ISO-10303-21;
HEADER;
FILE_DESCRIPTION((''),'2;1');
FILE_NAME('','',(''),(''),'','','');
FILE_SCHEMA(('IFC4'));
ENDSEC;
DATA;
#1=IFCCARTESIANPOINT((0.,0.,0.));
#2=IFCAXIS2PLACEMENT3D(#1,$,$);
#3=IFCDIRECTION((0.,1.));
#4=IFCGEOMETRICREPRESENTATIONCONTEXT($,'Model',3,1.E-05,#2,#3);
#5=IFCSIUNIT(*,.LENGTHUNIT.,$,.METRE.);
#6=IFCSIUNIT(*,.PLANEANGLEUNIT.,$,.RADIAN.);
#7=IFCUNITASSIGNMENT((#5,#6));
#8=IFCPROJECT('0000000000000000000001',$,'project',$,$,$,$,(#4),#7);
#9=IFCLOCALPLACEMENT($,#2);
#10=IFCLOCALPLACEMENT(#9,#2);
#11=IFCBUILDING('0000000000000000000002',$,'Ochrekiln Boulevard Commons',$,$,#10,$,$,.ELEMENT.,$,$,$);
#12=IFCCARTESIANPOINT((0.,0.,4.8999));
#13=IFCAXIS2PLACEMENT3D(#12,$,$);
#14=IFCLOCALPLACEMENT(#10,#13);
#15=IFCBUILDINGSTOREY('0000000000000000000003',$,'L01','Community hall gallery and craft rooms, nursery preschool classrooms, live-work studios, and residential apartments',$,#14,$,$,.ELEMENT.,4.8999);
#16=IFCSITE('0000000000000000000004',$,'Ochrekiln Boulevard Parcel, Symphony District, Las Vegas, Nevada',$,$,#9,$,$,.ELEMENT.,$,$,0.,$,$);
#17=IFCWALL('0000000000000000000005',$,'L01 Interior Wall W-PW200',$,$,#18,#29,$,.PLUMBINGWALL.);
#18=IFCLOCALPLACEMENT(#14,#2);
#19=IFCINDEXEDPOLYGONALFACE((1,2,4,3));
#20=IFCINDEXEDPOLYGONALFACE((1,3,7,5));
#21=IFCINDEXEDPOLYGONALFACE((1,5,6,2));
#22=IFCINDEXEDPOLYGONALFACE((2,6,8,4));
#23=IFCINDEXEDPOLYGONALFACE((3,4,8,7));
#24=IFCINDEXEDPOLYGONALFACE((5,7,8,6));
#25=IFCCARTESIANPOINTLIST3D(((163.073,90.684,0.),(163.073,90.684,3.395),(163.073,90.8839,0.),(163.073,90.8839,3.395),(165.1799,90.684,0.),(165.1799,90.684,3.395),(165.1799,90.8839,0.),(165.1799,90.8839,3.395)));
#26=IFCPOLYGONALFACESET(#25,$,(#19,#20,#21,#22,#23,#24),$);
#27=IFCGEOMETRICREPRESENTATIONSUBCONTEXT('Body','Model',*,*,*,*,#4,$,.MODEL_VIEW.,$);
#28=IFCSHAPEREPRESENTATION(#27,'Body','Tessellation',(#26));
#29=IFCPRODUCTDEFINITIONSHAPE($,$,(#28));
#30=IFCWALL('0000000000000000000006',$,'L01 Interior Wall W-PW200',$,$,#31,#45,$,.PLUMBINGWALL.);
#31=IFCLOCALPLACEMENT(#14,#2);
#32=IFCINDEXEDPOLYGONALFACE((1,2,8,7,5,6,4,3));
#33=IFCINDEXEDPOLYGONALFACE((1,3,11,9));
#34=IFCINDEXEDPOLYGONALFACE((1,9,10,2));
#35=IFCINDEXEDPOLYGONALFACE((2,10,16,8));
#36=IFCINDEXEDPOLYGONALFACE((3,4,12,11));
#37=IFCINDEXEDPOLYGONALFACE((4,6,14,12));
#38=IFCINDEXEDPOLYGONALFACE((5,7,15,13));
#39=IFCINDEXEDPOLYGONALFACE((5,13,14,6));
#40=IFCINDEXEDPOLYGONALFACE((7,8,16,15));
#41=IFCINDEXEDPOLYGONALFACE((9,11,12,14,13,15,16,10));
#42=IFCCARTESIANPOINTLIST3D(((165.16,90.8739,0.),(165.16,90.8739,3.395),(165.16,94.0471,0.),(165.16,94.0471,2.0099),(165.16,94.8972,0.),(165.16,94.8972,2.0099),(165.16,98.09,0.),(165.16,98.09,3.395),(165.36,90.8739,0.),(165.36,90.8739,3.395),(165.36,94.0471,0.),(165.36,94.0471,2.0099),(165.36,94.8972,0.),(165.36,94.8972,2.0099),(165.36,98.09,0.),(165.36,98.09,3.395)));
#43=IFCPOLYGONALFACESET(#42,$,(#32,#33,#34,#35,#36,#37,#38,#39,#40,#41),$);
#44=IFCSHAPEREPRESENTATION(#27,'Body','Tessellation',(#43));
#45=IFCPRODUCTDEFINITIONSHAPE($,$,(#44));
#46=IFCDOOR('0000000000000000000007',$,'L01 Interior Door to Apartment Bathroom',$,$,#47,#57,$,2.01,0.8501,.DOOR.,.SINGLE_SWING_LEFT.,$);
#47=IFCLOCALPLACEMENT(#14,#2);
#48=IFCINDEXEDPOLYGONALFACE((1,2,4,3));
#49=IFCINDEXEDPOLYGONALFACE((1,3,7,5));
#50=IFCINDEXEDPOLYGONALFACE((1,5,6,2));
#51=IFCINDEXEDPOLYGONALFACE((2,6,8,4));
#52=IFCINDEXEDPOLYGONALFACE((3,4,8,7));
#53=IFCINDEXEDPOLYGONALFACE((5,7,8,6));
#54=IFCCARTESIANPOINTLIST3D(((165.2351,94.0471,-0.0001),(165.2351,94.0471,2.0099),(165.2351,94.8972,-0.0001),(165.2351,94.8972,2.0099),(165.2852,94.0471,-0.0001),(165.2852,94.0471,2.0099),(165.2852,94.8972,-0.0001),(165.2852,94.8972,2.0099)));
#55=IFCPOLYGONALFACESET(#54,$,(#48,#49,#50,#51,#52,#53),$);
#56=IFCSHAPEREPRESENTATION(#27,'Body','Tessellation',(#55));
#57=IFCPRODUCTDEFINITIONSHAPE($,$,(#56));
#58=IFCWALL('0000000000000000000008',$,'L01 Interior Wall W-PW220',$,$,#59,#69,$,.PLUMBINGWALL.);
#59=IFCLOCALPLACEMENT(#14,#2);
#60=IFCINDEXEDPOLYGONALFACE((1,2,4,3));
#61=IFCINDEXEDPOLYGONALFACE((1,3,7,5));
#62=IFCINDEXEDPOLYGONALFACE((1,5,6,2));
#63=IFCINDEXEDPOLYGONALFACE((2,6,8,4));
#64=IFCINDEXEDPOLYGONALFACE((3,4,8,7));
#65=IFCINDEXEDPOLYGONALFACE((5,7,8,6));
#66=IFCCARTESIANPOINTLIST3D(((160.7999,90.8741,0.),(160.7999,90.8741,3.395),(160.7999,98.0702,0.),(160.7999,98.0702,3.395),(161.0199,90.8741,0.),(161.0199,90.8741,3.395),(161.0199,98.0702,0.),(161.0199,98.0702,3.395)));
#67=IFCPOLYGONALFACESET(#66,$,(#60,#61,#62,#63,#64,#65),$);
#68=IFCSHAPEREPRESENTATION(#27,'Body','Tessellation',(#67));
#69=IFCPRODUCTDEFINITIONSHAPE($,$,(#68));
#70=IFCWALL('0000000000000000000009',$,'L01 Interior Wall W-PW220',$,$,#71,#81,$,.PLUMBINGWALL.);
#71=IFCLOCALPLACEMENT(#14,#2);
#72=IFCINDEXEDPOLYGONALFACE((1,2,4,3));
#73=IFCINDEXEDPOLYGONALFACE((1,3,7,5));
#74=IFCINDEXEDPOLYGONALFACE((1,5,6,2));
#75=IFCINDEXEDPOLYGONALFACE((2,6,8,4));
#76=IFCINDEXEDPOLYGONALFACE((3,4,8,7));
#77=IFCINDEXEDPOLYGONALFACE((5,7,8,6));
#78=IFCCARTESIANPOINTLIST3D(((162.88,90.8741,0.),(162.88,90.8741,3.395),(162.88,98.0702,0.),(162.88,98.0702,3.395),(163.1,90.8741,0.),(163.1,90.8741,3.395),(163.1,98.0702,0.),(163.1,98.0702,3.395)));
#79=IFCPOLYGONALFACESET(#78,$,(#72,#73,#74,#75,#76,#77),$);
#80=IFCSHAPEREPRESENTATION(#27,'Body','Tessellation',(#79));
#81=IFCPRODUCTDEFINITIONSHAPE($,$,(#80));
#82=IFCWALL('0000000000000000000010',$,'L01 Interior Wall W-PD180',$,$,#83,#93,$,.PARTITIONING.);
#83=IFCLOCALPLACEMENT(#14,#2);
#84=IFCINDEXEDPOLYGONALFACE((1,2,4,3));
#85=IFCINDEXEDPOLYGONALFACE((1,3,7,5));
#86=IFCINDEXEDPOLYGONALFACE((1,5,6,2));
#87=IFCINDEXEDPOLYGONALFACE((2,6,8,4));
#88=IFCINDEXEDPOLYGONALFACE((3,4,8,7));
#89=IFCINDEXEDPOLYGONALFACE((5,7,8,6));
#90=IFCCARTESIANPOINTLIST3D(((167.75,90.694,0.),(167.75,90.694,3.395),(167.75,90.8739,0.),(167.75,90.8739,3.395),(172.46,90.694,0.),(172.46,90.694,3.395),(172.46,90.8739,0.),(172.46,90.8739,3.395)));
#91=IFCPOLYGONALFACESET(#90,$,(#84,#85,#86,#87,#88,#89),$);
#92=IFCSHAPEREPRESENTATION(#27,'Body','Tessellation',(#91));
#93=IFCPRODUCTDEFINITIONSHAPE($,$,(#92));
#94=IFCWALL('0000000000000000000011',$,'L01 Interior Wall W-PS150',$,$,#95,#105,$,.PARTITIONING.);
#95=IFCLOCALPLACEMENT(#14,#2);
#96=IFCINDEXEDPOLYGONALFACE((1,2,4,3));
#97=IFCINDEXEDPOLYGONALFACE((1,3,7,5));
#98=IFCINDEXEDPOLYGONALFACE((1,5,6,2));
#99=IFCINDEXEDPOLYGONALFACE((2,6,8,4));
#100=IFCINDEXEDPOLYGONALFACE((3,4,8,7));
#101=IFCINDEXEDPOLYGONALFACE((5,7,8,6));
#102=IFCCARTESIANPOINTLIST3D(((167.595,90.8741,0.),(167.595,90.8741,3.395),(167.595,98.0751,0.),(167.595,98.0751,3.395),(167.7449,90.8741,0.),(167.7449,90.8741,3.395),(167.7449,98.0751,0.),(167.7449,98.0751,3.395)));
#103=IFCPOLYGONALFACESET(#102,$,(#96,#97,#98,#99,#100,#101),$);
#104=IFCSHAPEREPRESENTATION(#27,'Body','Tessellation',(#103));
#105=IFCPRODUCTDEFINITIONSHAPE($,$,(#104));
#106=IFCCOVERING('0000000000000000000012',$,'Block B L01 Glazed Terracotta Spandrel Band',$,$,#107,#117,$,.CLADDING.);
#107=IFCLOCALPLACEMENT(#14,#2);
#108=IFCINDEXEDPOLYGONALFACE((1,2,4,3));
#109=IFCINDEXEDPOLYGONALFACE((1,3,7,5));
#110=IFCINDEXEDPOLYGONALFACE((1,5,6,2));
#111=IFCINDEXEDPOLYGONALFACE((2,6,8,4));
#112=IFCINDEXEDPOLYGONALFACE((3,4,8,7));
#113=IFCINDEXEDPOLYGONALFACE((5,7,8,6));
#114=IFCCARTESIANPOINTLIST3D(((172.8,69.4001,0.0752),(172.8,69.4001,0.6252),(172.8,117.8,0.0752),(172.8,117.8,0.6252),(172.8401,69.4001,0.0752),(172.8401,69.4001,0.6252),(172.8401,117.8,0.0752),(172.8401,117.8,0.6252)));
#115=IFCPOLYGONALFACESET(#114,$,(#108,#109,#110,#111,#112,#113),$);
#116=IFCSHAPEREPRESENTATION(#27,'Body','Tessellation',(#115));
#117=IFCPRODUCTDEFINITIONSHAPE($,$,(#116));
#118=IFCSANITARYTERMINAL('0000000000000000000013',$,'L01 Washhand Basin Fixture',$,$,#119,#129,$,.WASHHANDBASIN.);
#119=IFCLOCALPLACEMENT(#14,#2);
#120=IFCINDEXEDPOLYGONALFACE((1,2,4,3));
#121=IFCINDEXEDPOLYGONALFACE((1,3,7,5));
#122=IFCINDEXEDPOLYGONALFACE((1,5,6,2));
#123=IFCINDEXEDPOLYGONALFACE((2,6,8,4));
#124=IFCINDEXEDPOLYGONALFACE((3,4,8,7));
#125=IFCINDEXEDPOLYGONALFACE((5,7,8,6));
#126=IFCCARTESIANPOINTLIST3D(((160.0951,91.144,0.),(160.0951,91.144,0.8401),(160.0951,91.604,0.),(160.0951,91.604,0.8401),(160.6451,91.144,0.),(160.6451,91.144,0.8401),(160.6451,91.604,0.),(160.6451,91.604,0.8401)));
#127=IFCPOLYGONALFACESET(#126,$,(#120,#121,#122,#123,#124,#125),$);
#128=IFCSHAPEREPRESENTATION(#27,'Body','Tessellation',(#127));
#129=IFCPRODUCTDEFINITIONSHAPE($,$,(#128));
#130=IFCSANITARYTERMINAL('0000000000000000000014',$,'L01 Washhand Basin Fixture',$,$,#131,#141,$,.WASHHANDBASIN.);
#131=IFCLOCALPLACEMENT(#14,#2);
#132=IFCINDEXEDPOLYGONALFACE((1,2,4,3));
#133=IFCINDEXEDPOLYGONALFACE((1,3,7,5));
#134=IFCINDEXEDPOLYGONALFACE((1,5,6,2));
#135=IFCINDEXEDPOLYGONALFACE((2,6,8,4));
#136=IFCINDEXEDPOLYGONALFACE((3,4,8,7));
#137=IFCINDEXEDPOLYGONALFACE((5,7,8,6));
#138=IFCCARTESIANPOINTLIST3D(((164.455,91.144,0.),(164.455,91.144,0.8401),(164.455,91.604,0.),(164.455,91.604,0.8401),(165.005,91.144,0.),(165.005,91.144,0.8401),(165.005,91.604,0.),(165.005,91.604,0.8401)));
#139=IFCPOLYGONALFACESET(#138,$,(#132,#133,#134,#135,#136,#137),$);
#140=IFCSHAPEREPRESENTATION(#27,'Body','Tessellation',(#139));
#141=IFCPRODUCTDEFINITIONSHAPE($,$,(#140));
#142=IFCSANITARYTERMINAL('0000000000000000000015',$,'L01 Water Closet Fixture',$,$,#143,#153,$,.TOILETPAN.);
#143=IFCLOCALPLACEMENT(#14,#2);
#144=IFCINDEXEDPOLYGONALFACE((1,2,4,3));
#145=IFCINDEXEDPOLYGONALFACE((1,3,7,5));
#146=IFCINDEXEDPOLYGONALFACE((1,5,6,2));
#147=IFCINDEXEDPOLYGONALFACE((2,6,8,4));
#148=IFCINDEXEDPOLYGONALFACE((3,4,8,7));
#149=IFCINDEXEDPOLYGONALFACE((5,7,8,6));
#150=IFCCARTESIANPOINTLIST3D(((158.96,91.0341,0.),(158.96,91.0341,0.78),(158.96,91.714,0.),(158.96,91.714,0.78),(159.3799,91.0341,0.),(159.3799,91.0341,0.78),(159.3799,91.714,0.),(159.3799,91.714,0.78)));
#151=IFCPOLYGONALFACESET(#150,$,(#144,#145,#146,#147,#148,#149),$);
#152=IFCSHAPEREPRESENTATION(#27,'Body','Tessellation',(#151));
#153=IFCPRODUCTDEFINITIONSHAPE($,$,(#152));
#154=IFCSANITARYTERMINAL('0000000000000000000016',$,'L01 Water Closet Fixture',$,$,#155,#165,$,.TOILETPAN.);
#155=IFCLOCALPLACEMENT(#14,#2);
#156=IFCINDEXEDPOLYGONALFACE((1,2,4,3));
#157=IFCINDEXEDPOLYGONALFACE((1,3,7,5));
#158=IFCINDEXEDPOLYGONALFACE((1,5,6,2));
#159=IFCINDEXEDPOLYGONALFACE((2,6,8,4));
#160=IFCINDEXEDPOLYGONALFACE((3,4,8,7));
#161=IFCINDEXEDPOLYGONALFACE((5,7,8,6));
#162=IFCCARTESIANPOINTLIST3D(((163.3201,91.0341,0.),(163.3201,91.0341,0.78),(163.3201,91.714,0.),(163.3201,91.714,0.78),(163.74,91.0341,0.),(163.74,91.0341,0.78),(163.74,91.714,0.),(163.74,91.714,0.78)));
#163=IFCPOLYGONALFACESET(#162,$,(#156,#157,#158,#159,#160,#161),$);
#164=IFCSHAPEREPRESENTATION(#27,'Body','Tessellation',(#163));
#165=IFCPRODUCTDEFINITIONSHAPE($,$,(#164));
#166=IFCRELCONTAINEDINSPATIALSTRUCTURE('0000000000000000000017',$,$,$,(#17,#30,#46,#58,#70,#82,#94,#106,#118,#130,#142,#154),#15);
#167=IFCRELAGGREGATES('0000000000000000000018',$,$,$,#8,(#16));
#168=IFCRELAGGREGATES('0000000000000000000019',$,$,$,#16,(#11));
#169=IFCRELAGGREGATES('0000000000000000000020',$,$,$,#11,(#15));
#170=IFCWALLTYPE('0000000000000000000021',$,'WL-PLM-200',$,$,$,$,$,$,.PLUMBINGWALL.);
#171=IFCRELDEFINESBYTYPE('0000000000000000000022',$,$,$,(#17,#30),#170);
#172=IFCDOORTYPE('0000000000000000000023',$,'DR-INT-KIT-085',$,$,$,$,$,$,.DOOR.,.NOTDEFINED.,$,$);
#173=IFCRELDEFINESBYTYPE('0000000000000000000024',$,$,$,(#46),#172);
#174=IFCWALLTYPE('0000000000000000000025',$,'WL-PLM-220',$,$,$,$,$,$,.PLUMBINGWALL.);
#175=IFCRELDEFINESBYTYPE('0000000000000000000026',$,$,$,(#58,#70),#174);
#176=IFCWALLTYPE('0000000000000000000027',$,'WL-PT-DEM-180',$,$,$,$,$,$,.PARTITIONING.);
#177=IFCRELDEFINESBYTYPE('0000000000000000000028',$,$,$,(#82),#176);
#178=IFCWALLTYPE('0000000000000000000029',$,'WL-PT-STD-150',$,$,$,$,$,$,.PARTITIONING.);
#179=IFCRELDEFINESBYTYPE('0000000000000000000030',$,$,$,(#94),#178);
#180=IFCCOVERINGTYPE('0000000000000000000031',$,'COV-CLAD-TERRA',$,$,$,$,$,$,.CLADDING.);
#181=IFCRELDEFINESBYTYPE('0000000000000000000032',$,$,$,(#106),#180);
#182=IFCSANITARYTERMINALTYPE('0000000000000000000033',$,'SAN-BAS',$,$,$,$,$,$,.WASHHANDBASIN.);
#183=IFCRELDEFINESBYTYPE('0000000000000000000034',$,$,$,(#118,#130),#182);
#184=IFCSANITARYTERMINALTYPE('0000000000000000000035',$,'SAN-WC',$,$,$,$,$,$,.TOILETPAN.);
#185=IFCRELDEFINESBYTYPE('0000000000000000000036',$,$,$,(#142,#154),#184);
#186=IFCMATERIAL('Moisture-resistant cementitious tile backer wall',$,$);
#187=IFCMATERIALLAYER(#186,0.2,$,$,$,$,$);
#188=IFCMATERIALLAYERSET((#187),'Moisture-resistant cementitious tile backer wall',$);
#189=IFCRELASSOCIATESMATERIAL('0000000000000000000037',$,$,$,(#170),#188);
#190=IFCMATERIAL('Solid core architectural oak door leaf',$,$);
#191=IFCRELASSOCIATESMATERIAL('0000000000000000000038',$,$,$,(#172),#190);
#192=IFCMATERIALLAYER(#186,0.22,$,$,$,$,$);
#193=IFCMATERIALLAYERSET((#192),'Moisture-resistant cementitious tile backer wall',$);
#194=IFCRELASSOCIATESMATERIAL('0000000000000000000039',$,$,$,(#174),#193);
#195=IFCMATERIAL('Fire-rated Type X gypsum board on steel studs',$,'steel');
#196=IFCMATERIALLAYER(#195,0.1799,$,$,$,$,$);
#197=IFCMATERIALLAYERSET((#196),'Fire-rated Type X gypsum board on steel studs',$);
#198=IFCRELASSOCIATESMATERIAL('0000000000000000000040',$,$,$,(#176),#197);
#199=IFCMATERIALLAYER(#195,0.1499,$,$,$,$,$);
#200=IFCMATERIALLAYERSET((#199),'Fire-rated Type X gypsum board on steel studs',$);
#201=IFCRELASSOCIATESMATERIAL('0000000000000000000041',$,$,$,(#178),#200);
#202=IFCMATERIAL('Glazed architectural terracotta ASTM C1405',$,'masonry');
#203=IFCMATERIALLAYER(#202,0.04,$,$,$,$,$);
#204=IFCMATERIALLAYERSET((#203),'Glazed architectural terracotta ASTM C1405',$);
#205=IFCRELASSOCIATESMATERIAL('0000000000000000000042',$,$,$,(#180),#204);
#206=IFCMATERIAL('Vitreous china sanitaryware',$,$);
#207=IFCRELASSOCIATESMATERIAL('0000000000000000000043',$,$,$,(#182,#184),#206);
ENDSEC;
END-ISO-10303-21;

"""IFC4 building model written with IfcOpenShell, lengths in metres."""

from ifc_helpers import new_model, si_unit, direction, frame, frame_2d, origin, origin_2d, place, context, subcontext, project, spatial, rectangle, extrude, material, layer, layer_set, type_object, element, fill, save


model = new_model("IFC4")

# Units and contexts
model_context = context("Model", 3, precision=1e-05, world=origin(), true_north=direction((0.0, 1.0)))
body_context = subcontext(model_context, "Body", "Model", "MODEL_VIEW")
ifc_project = project(units=[si_unit("LENGTHUNIT", "METRE"), si_unit("PLANEANGLEUNIT", "RADIAN")], contexts=[model_context])

# Site, building, storey
site_placement = place(None, origin())
site = spatial("IfcSite", under=ifc_project, at=site_placement, Name="Ochrekiln Boulevard Parcel, Symphony District, Las Vegas, Nevada", CompositionType="ELEMENT", RefElevation=0.0)
building_placement = place(site_placement, origin())
building = spatial("IfcBuilding", under=site, at=building_placement, Name="Ochrekiln Boulevard Commons", CompositionType="ELEMENT")
storey_placement = place(building_placement, frame((0.0, 0.0, 4.8999)))
storey = spatial("IfcBuildingStorey", under=building, at=storey_placement, Name="L01", Description="Community hall gallery and craft rooms, nursery preschool classrooms, live-work studios, and residential apartments", CompositionType="ELEMENT", Elevation=4.8999)

# Shared definitions
ifc_material_1 = material(Name="Moisture-resistant cementitious tile backer wall")
ifc_layer_1 = layer(ifc_material_1, 0.2)
ifc_layer_set_1 = layer_set([ifc_layer_1], Name="Moisture-resistant cementitious tile backer wall")
wall_type_1 = type_object("IfcWallType", Name="WL-PLM-200", PredefinedType="PLUMBINGWALL", material=ifc_layer_set_1)

# Shared definitions
ifc_material_2 = material(Name="Solid core architectural oak door leaf")
door_type = type_object("IfcDoorType", Name="DR-INT-KIT-085", OperationType="NOTDEFINED", PredefinedType="DOOR", material=ifc_material_2)

# Wall
wall_1_placement = place(storey_placement, frame((163.073, 90.7839, 0.0), z_axis=(0.0, 0.0, 1.0), x_axis=(1.0, 0.0, 0.0)))
element("IfcWall", 1, at=wall_1_placement, inside=storey, type_object=wall_type_1, Name="L01 Interior Wall W-PW200", PredefinedType="PLUMBINGWALL", context=body_context, shape_type="SweptSolid", body=[
    extrude(rectangle(XDim=2.1069, YDim=0.2, at=frame_2d((1.0535, 0.0))), origin(), (0.0, 0.0, 1.0), 3.395),
])

# Wall, opening, door
wall_2_placement = place(storey_placement, frame((165.26, 90.874, 0.0), z_axis=(0.0, 0.0, 1.0), x_axis=(0.0, 1.0, 0.0)))
wall_2 = element("IfcWall", 2, at=wall_2_placement, inside=storey, type_object=wall_type_1, Name="L01 Interior Wall W-PW200", PredefinedType="PLUMBINGWALL", context=body_context, shape_type="SweptSolid", body=[
    extrude(rectangle(XDim=7.2161, YDim=0.2, at=frame_2d((3.6079, 0.0))), origin(), (0.0, 0.0, 1.0), 3.395),
])
opening_1_placement = place(wall_2_placement, frame((3.1731, 0.0, 0.0)))
opening_1 = element("IfcOpeningElement", 3, at=opening_1_placement, cuts=wall_2, PredefinedType="OPENING", context=body_context, shape_type="SweptSolid", body=[
    extrude(rectangle(XDim=0.8501, YDim=2.01, at=frame_2d((0.425, 1.0049))), frame((0.0, 0.1099, 0.0), z_axis=(0.0, -1.0, 0.0), x_axis=(1.0, 0.0, 0.0)), (0.0, 0.0, 1.0), 0.22),
])
door_1_placement = place(opening_1_placement, origin())
door_1 = element("IfcDoor", 4, at=door_1_placement, inside=storey, type_object=door_type, Name="L01 Interior Door to Apartment Bathroom", OperationType="SINGLE_SWING_LEFT", OverallHeight=2.01, OverallWidth=0.8501, PredefinedType="DOOR", context=body_context, shape_type="SweptSolid", body=[
    extrude(rectangle(XDim=0.8501, YDim=2.01, at=frame_2d((0.425, 1.0049))), frame((0.0, 0.0249, 0.0), z_axis=(0.0, -1.0, 0.0), x_axis=(1.0, 0.0, 0.0)), (0.0, 0.0, 1.0), 0.05),
])
fill(opening_1, door_1)

# Walls
ifc_layer_2 = layer(ifc_material_1, 0.22)
ifc_layer_set_2 = layer_set([ifc_layer_2], Name="Moisture-resistant cementitious tile backer wall")
wall_type_2 = type_object("IfcWallType", Name="WL-PLM-220", PredefinedType="PLUMBINGWALL", material=ifc_layer_set_2)
for number, where, z_axis, x_axis, name in (
    (5, (160.9099, 90.874, 0.0), (0.0, 0.0, 1.0), (0.0, 1.0, 0.0), "L01 Interior Wall W-PW220"),
    (6, (162.99, 90.874, 0.0), (0.0, 0.0, 1.0), (0.0, 1.0, 0.0), "L01 Interior Wall W-PW220"),
):
    element("IfcWall", number, at=place(storey_placement, frame(where, z_axis=z_axis, x_axis=x_axis)), inside=storey, type_object=wall_type_2, Name=name, PredefinedType="PLUMBINGWALL", context=body_context, shape_type="SweptSolid", body=[
        extrude(rectangle(XDim=7.196, YDim=0.22, at=frame_2d((3.5981, 0.0))), origin(), (0.0, 0.0, 1.0), 3.395),
    ])
ifc_material_3 = material(Name="Fire-rated Type X gypsum board on steel studs", Category="steel")
ifc_layer_3 = layer(ifc_material_3, 0.1799)
ifc_layer_set_3 = layer_set([ifc_layer_3], Name="Fire-rated Type X gypsum board on steel studs")
wall_type_3 = type_object("IfcWallType", Name="WL-PT-DEM-180", PredefinedType="PARTITIONING", material=ifc_layer_set_3)
wall_3_placement = place(storey_placement, frame((167.75, 90.7839, 0.0), z_axis=(0.0, 0.0, 1.0), x_axis=(1.0, 0.0, 0.0)))
element("IfcWall", 7, at=wall_3_placement, inside=storey, type_object=wall_type_3, Name="L01 Interior Wall W-PD180", PredefinedType="PARTITIONING", context=body_context, shape_type="SweptSolid", body=[
    extrude(rectangle(XDim=4.71, YDim=0.1799, at=frame_2d((2.355, 0.0))), origin(), (0.0, 0.0, 1.0), 3.395),
])
ifc_layer_4 = layer(ifc_material_3, 0.1499)
ifc_layer_set_4 = layer_set([ifc_layer_4], Name="Fire-rated Type X gypsum board on steel studs")
wall_type_4 = type_object("IfcWallType", Name="WL-PT-STD-150", PredefinedType="PARTITIONING", material=ifc_layer_set_4)
wall_4_placement = place(storey_placement, frame((167.6699, 90.874, 0.0), z_axis=(0.0, 0.0, 1.0), x_axis=(0.0, 1.0, 0.0)))
element("IfcWall", 8, at=wall_4_placement, inside=storey, type_object=wall_type_4, Name="L01 Interior Wall W-PS150", PredefinedType="PARTITIONING", context=body_context, shape_type="SweptSolid", body=[
    extrude(rectangle(XDim=7.2009, YDim=0.1499, at=frame_2d((3.6006, 0.0))), origin(), (0.0, 0.0, 1.0), 3.395),
])

# Covering
ifc_material_4 = material(Name="Glazed architectural terracotta ASTM C1405", Category="masonry")
ifc_layer_5 = layer(ifc_material_4, 0.04)
ifc_layer_set_5 = layer_set([ifc_layer_5], Name="Glazed architectural terracotta ASTM C1405")
covering_type = type_object("IfcCoveringType", Name="COV-CLAD-TERRA", PredefinedType="CLADDING", material=ifc_layer_set_5)
covering_placement = place(storey_placement, frame((172.8201, 93.6001, 0.0752), z_axis=(0.0, 0.0, 1.0), x_axis=(1.0, 0.0, 0.0)))
element("IfcCovering", 9, at=covering_placement, inside=storey, type_object=covering_type, Name="Block B L01 Glazed Terracotta Spandrel Band", PredefinedType="CLADDING", context=body_context, shape_type="SweptSolid", body=[
    extrude(rectangle(XDim=0.04, YDim=48.3999, at=origin_2d()), origin(), (0.0, 0.0, 1.0), 0.55),
])

# Sanitary terminals
ifc_material_5 = material(Name="Vitreous china sanitaryware")
sanitary_terminal_type_1 = type_object("IfcSanitaryTerminalType", Name="SAN-BAS", PredefinedType="WASHHANDBASIN", material=ifc_material_5)
for number, where, z_axis, x_axis, name in (
    (10, (160.3701, 91.374, 0.0), (0.0, 0.0, 1.0), (1.0, 0.0, 0.0), "L01 Washhand Basin Fixture"),
    (11, (164.73, 91.374, 0.0), (0.0, 0.0, 1.0), (1.0, 0.0, 0.0), "L01 Washhand Basin Fixture"),
):
    element("IfcSanitaryTerminal", number, at=place(storey_placement, frame(where, z_axis=z_axis, x_axis=x_axis)), inside=storey, type_object=sanitary_terminal_type_1, Name=name, PredefinedType="WASHHANDBASIN", context=body_context, shape_type="SweptSolid", body=[
        extrude(rectangle(XDim=0.55, YDim=0.46, at=origin_2d()), origin(), (0.0, 0.0, 1.0), 0.8401),
    ])
sanitary_terminal_type_2 = type_object("IfcSanitaryTerminalType", Name="SAN-WC", PredefinedType="TOILETPAN", material=ifc_material_5)
for number, where, z_axis, x_axis, name in (
    (12, (159.1699, 91.374, 0.0), (0.0, 0.0, 1.0), (1.0, 0.0, 0.0), "L01 Water Closet Fixture"),
    (13, (163.53, 91.374, 0.0), (0.0, 0.0, 1.0), (1.0, 0.0, 0.0), "L01 Water Closet Fixture"),
):
    element("IfcSanitaryTerminal", number, at=place(storey_placement, frame(where, z_axis=z_axis, x_axis=x_axis)), inside=storey, type_object=sanitary_terminal_type_2, Name=name, PredefinedType="TOILETPAN", context=body_context, shape_type="SweptSolid", body=[
        extrude(rectangle(XDim=0.4199, YDim=0.6799, at=origin_2d()), origin(), (0.0, 0.0, 1.0), 0.78),
    ])

save(model, "model.ifc")
